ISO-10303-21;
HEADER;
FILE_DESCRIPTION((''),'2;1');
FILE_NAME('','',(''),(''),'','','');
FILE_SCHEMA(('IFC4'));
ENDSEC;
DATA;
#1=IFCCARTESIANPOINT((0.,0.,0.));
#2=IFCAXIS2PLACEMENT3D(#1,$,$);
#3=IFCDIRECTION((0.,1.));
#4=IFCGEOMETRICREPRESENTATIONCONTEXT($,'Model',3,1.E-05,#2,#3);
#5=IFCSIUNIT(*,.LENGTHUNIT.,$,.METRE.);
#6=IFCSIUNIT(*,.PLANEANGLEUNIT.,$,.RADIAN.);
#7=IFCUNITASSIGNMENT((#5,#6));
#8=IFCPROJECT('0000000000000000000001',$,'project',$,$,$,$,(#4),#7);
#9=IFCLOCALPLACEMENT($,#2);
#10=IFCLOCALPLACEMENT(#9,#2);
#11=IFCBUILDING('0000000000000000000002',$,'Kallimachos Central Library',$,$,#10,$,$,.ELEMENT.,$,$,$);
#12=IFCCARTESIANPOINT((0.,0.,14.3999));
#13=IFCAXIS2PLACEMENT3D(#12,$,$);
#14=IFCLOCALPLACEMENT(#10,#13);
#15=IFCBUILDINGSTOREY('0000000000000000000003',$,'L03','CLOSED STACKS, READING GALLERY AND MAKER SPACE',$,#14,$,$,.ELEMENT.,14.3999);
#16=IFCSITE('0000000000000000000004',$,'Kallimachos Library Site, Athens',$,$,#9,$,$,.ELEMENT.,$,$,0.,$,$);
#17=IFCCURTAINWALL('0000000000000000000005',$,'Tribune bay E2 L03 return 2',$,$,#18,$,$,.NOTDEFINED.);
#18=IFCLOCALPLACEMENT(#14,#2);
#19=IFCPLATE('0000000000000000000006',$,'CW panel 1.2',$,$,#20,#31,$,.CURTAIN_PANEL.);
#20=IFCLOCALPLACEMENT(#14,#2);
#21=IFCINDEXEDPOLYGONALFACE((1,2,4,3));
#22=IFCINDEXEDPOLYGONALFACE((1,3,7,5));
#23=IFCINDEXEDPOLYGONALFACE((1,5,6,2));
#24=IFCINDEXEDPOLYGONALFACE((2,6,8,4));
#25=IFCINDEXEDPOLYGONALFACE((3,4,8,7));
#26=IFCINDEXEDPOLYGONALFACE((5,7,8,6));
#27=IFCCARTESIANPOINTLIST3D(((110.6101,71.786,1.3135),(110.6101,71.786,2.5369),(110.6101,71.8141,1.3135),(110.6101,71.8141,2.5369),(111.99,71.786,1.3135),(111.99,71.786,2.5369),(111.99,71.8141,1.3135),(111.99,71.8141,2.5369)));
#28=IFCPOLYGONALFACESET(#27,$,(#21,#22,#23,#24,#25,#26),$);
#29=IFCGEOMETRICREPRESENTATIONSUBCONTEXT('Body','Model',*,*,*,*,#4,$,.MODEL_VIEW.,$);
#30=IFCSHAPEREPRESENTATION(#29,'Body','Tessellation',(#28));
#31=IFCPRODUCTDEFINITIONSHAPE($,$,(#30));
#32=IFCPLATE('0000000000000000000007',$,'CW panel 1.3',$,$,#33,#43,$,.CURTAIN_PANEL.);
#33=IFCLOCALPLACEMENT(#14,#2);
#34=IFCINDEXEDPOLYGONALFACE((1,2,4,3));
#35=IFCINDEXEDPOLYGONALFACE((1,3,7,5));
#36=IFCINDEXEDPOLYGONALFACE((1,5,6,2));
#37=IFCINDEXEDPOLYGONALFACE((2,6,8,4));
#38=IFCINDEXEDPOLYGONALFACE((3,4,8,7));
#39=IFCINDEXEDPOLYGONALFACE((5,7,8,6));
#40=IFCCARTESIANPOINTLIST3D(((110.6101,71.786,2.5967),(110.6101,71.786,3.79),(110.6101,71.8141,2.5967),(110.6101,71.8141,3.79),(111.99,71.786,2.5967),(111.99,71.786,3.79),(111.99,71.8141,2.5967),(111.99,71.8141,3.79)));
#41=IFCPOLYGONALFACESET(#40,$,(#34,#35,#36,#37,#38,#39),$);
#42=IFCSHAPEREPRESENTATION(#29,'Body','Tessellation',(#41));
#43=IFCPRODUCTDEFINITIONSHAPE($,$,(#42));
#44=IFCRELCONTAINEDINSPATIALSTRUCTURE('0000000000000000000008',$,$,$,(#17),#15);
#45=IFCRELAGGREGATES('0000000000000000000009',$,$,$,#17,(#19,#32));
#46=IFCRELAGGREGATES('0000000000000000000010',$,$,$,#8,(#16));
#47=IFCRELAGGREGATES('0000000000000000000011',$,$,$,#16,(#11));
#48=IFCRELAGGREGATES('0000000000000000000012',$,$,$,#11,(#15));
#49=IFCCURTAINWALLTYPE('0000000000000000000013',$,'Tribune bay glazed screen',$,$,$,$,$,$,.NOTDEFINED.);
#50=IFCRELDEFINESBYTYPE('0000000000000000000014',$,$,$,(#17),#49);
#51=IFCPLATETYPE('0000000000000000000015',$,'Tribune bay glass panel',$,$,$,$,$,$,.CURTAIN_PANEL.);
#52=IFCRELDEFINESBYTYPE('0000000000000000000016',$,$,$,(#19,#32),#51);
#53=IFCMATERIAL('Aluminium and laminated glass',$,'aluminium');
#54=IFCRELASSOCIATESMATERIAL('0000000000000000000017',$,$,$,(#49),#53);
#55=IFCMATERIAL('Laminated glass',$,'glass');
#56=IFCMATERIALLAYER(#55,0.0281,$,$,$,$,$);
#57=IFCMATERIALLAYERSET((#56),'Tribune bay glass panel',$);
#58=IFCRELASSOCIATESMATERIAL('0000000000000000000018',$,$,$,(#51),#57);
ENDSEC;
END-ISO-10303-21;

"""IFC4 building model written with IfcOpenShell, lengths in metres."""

from ifc_helpers import new_model, si_unit, direction, frame, origin, origin_2d, place, context, subcontext, project, spatial, rectangle, extrude, material, layer, layer_set, type_object, element, aggregate, save


model = new_model("IFC4")

# Units and contexts
model_context = context("Model", 3, precision=1e-05, world=origin(), true_north=direction((0.0, 1.0)))
body_context = subcontext(model_context, "Body", "Model", "MODEL_VIEW")
ifc_project = project(units=[si_unit("LENGTHUNIT", "METRE"), si_unit("PLANEANGLEUNIT", "RADIAN")], contexts=[model_context])

# Site, building, storey
site_placement = place(None, origin())
site = spatial("IfcSite", under=ifc_project, at=site_placement, Name="Kallimachos Library Site, Athens", CompositionType="ELEMENT", RefElevation=0.0)
building_placement = place(site_placement, origin())
building = spatial("IfcBuilding", under=site, at=building_placement, Name="Kallimachos Central Library", CompositionType="ELEMENT")
storey_placement = place(building_placement, frame((0.0, 0.0, 14.3999)))
storey = spatial("IfcBuildingStorey", under=building, at=storey_placement, Name="L03", Description="CLOSED STACKS, READING GALLERY AND MAKER SPACE", CompositionType="ELEMENT", Elevation=14.3999)

# Shared definitions
ifc_material_1 = material(Name="Aluminium and laminated glass", Category="aluminium")
curtain_wall_type = type_object("IfcCurtainWallType", Name="Tribune bay glazed screen", PredefinedType="NOTDEFINED", material=ifc_material_1)

# Curtain wall
curtain_wall_1_placement = place(storey_placement, origin())
curtain_wall_1 = element("IfcCurtainWall", 1, at=curtain_wall_1_placement, inside=storey, type_object=curtain_wall_type, Name="Tribune bay E2 L03 return 2", PredefinedType="NOTDEFINED")

# Plates
ifc_material_2 = material(Name="Laminated glass", Category="glass")
ifc_layer = layer(ifc_material_2, 0.0281)
ifc_layer_set = layer_set([ifc_layer], Name="Tribune bay glass panel")
plate_type = type_object("IfcPlateType", Name="Tribune bay glass panel", PredefinedType="CURTAIN_PANEL", material=ifc_layer_set)
plate_1_placement = place(storey_placement, frame((111.3, 71.8, 1.3135), z_axis=(0.0, 0.0, 1.0), x_axis=(1.0, 0.0, 0.0)))
plate_1 = element("IfcPlate", 2, at=plate_1_placement, type_object=plate_type, Name="CW panel 1.2", PredefinedType="CURTAIN_PANEL", context=body_context, shape_type="SweptSolid", body=[
    extrude(rectangle(XDim=1.3799, YDim=0.0281, at=origin_2d()), origin(), (0.0, 0.0, 1.0), 1.2234),
])
plate_2_placement = place(storey_placement, frame((111.3, 71.8, 2.5967), z_axis=(0.0, 0.0, 1.0), x_axis=(1.0, 0.0, 0.0)))
plate_2 = element("IfcPlate", 3, at=plate_2_placement, type_object=plate_type, Name="CW panel 1.3", PredefinedType="CURTAIN_PANEL", context=body_context, shape_type="SweptSolid", body=[
    extrude(rectangle(XDim=1.3799, YDim=0.0281, at=origin_2d()), origin(), (0.0, 0.0, 1.0), 1.1934),
])
aggregate(curtain_wall_1, [plate_1, plate_2])

save(model, "model.ifc")
